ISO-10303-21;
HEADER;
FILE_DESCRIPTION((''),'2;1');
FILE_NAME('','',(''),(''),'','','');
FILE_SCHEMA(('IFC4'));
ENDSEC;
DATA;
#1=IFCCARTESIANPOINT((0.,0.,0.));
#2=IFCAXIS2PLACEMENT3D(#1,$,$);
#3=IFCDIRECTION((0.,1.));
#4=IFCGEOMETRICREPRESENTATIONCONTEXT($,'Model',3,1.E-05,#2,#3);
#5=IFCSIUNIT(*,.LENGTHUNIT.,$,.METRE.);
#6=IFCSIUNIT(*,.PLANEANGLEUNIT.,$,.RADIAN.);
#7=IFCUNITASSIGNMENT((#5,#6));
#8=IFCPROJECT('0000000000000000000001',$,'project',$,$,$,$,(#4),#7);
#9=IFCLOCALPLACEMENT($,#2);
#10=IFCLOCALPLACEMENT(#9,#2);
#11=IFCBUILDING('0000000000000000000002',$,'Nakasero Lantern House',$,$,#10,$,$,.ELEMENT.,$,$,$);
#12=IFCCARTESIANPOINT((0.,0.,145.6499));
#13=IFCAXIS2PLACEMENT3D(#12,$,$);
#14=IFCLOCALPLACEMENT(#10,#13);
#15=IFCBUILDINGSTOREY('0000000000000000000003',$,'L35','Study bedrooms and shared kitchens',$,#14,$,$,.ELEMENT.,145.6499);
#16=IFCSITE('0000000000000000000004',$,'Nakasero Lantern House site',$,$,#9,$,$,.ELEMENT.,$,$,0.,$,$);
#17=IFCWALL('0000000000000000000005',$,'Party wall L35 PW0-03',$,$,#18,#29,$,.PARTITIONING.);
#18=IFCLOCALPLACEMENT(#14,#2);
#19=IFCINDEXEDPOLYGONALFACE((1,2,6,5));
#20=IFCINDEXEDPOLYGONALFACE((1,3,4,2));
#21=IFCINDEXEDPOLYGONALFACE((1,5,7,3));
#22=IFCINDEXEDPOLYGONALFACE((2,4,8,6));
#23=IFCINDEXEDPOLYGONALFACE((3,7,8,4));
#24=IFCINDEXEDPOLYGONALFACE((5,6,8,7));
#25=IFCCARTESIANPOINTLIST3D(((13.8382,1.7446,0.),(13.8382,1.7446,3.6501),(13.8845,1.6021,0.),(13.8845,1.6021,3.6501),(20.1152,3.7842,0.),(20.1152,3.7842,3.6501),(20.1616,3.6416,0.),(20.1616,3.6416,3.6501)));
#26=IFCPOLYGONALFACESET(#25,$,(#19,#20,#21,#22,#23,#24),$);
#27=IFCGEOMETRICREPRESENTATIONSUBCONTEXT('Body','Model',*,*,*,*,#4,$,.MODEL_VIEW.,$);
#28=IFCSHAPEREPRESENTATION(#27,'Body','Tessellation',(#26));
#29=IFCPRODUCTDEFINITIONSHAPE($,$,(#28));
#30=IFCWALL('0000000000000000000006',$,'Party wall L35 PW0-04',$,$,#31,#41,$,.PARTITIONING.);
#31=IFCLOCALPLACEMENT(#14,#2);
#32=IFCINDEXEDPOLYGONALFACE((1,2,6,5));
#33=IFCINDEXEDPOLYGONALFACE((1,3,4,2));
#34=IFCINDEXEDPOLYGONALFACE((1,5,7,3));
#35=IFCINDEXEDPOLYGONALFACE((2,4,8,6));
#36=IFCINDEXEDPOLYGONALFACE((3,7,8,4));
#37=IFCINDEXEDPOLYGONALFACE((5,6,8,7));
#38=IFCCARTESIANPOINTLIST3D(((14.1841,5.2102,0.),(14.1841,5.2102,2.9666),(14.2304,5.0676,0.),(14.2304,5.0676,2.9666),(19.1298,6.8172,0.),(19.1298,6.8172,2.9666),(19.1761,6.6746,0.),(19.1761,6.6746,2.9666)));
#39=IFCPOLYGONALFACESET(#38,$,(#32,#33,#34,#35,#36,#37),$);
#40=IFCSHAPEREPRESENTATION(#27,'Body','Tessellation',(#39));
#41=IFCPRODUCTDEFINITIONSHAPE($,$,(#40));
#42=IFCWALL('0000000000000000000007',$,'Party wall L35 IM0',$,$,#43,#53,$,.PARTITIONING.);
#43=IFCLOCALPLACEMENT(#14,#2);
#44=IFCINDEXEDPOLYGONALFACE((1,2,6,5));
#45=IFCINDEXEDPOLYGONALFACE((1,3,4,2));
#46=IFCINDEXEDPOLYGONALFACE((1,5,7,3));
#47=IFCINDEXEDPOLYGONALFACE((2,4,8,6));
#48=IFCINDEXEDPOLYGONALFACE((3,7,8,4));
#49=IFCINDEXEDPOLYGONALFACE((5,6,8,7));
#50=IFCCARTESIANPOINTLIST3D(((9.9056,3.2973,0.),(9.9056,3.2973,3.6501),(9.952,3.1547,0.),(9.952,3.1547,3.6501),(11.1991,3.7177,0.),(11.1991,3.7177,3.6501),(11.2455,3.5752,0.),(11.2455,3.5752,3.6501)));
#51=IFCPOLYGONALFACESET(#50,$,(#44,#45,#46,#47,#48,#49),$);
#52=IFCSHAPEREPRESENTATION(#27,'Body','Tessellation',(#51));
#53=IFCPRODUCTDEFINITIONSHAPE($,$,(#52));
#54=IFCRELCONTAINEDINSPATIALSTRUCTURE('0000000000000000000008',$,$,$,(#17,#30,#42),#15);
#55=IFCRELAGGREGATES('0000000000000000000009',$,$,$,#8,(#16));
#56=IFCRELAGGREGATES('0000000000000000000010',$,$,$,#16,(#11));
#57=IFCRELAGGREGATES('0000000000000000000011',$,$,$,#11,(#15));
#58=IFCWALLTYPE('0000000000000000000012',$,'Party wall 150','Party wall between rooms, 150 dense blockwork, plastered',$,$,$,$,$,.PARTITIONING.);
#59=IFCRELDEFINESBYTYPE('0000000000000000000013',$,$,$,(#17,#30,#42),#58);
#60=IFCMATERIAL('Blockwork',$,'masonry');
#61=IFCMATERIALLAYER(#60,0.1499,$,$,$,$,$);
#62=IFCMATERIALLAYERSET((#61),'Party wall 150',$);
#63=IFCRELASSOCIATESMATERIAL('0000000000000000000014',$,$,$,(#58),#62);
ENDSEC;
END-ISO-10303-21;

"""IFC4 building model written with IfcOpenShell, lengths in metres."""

from ifc_helpers import new_model, si_unit, direction, frame, frame_2d, origin, place, context, subcontext, project, spatial, rectangle, extrude, material, layer, layer_set, type_object, element, save


model = new_model("IFC4")

# Units and contexts
model_context = context("Model", 3, precision=1e-05, world=origin(), true_north=direction((0.0, 1.0)))
body_context = subcontext(model_context, "Body", "Model", "MODEL_VIEW")
ifc_project = project(units=[si_unit("LENGTHUNIT", "METRE"), si_unit("PLANEANGLEUNIT", "RADIAN")], contexts=[model_context])

# Site, building, storey
site_placement = place(None, origin())
site = spatial("IfcSite", under=ifc_project, at=site_placement, Name="Nakasero Lantern House site", CompositionType="ELEMENT", RefElevation=0.0)
building_placement = place(site_placement, origin())
building = spatial("IfcBuilding", under=site, at=building_placement, Name="Nakasero Lantern House", CompositionType="ELEMENT")
storey_placement = place(building_placement, frame((0.0, 0.0, 145.6499)))
storey = spatial("IfcBuildingStorey", under=building, at=storey_placement, Name="L35", Description="Study bedrooms and shared kitchens", CompositionType="ELEMENT", Elevation=145.6499)

# Walls
ifc_material_1 = material(Name="Blockwork", Category="masonry")
ifc_layer_1 = layer(ifc_material_1, 0.1499)
ifc_layer_set_1 = layer_set([ifc_layer_1], Name="Party wall 150")
wall_type_1 = type_object("IfcWallType", Name="Party wall 150", Description="Party wall between rooms, 150 dense blockwork, plastered", PredefinedType="PARTITIONING", material=ifc_layer_set_1)
wall_1_placement = place(storey_placement, frame((13.8613, 1.6733, 0.0), z_axis=(0.0, 0.0, 1.0), x_axis=(0.951057, 0.309017, 0.0)))
element("IfcWall", 1, at=wall_1_placement, inside=storey, type_object=wall_type_1, Name="Party wall L35 PW0-03", PredefinedType="PARTITIONING", context=body_context, shape_type="SweptSolid", body=[
    extrude(rectangle(XDim=6.6001, YDim=0.1499, at=frame_2d((3.3, 0.0))), origin(), (0.0, 0.0, 1.0), 3.6501),
])
wall_2_placement = place(storey_placement, frame((14.2073, 5.1389, 0.0), z_axis=(0.0, 0.0, 1.0), x_axis=(0.951055, 0.309021, 0.0)))
element("IfcWall", 2, at=wall_2_placement, inside=storey, type_object=wall_type_1, Name="Party wall L35 PW0-04", PredefinedType="PARTITIONING", context=body_context, shape_type="SweptSolid", body=[
    extrude(rectangle(XDim=5.2002, YDim=0.1499, at=frame_2d((2.6001, 0.0))), origin(), (0.0, 0.0, 1.0), 2.9666),
])
wall_3_placement = place(storey_placement, frame((11.2224, 3.6465, 0.0), z_axis=(0.0, 0.0, 1.0), x_axis=(-0.951026, -0.30911, 0.0)))
element("IfcWall", 3, at=wall_3_placement, inside=storey, type_object=wall_type_1, Name="Party wall L35 IM0", PredefinedType="PARTITIONING", context=body_context, shape_type="SweptSolid", body=[
    extrude(rectangle(XDim=1.3601, YDim=0.1499, at=frame_2d((0.6802, 0.0))), origin(), (0.0, 0.0, 1.0), 3.6501),
])

save(model, "model.ifc")
